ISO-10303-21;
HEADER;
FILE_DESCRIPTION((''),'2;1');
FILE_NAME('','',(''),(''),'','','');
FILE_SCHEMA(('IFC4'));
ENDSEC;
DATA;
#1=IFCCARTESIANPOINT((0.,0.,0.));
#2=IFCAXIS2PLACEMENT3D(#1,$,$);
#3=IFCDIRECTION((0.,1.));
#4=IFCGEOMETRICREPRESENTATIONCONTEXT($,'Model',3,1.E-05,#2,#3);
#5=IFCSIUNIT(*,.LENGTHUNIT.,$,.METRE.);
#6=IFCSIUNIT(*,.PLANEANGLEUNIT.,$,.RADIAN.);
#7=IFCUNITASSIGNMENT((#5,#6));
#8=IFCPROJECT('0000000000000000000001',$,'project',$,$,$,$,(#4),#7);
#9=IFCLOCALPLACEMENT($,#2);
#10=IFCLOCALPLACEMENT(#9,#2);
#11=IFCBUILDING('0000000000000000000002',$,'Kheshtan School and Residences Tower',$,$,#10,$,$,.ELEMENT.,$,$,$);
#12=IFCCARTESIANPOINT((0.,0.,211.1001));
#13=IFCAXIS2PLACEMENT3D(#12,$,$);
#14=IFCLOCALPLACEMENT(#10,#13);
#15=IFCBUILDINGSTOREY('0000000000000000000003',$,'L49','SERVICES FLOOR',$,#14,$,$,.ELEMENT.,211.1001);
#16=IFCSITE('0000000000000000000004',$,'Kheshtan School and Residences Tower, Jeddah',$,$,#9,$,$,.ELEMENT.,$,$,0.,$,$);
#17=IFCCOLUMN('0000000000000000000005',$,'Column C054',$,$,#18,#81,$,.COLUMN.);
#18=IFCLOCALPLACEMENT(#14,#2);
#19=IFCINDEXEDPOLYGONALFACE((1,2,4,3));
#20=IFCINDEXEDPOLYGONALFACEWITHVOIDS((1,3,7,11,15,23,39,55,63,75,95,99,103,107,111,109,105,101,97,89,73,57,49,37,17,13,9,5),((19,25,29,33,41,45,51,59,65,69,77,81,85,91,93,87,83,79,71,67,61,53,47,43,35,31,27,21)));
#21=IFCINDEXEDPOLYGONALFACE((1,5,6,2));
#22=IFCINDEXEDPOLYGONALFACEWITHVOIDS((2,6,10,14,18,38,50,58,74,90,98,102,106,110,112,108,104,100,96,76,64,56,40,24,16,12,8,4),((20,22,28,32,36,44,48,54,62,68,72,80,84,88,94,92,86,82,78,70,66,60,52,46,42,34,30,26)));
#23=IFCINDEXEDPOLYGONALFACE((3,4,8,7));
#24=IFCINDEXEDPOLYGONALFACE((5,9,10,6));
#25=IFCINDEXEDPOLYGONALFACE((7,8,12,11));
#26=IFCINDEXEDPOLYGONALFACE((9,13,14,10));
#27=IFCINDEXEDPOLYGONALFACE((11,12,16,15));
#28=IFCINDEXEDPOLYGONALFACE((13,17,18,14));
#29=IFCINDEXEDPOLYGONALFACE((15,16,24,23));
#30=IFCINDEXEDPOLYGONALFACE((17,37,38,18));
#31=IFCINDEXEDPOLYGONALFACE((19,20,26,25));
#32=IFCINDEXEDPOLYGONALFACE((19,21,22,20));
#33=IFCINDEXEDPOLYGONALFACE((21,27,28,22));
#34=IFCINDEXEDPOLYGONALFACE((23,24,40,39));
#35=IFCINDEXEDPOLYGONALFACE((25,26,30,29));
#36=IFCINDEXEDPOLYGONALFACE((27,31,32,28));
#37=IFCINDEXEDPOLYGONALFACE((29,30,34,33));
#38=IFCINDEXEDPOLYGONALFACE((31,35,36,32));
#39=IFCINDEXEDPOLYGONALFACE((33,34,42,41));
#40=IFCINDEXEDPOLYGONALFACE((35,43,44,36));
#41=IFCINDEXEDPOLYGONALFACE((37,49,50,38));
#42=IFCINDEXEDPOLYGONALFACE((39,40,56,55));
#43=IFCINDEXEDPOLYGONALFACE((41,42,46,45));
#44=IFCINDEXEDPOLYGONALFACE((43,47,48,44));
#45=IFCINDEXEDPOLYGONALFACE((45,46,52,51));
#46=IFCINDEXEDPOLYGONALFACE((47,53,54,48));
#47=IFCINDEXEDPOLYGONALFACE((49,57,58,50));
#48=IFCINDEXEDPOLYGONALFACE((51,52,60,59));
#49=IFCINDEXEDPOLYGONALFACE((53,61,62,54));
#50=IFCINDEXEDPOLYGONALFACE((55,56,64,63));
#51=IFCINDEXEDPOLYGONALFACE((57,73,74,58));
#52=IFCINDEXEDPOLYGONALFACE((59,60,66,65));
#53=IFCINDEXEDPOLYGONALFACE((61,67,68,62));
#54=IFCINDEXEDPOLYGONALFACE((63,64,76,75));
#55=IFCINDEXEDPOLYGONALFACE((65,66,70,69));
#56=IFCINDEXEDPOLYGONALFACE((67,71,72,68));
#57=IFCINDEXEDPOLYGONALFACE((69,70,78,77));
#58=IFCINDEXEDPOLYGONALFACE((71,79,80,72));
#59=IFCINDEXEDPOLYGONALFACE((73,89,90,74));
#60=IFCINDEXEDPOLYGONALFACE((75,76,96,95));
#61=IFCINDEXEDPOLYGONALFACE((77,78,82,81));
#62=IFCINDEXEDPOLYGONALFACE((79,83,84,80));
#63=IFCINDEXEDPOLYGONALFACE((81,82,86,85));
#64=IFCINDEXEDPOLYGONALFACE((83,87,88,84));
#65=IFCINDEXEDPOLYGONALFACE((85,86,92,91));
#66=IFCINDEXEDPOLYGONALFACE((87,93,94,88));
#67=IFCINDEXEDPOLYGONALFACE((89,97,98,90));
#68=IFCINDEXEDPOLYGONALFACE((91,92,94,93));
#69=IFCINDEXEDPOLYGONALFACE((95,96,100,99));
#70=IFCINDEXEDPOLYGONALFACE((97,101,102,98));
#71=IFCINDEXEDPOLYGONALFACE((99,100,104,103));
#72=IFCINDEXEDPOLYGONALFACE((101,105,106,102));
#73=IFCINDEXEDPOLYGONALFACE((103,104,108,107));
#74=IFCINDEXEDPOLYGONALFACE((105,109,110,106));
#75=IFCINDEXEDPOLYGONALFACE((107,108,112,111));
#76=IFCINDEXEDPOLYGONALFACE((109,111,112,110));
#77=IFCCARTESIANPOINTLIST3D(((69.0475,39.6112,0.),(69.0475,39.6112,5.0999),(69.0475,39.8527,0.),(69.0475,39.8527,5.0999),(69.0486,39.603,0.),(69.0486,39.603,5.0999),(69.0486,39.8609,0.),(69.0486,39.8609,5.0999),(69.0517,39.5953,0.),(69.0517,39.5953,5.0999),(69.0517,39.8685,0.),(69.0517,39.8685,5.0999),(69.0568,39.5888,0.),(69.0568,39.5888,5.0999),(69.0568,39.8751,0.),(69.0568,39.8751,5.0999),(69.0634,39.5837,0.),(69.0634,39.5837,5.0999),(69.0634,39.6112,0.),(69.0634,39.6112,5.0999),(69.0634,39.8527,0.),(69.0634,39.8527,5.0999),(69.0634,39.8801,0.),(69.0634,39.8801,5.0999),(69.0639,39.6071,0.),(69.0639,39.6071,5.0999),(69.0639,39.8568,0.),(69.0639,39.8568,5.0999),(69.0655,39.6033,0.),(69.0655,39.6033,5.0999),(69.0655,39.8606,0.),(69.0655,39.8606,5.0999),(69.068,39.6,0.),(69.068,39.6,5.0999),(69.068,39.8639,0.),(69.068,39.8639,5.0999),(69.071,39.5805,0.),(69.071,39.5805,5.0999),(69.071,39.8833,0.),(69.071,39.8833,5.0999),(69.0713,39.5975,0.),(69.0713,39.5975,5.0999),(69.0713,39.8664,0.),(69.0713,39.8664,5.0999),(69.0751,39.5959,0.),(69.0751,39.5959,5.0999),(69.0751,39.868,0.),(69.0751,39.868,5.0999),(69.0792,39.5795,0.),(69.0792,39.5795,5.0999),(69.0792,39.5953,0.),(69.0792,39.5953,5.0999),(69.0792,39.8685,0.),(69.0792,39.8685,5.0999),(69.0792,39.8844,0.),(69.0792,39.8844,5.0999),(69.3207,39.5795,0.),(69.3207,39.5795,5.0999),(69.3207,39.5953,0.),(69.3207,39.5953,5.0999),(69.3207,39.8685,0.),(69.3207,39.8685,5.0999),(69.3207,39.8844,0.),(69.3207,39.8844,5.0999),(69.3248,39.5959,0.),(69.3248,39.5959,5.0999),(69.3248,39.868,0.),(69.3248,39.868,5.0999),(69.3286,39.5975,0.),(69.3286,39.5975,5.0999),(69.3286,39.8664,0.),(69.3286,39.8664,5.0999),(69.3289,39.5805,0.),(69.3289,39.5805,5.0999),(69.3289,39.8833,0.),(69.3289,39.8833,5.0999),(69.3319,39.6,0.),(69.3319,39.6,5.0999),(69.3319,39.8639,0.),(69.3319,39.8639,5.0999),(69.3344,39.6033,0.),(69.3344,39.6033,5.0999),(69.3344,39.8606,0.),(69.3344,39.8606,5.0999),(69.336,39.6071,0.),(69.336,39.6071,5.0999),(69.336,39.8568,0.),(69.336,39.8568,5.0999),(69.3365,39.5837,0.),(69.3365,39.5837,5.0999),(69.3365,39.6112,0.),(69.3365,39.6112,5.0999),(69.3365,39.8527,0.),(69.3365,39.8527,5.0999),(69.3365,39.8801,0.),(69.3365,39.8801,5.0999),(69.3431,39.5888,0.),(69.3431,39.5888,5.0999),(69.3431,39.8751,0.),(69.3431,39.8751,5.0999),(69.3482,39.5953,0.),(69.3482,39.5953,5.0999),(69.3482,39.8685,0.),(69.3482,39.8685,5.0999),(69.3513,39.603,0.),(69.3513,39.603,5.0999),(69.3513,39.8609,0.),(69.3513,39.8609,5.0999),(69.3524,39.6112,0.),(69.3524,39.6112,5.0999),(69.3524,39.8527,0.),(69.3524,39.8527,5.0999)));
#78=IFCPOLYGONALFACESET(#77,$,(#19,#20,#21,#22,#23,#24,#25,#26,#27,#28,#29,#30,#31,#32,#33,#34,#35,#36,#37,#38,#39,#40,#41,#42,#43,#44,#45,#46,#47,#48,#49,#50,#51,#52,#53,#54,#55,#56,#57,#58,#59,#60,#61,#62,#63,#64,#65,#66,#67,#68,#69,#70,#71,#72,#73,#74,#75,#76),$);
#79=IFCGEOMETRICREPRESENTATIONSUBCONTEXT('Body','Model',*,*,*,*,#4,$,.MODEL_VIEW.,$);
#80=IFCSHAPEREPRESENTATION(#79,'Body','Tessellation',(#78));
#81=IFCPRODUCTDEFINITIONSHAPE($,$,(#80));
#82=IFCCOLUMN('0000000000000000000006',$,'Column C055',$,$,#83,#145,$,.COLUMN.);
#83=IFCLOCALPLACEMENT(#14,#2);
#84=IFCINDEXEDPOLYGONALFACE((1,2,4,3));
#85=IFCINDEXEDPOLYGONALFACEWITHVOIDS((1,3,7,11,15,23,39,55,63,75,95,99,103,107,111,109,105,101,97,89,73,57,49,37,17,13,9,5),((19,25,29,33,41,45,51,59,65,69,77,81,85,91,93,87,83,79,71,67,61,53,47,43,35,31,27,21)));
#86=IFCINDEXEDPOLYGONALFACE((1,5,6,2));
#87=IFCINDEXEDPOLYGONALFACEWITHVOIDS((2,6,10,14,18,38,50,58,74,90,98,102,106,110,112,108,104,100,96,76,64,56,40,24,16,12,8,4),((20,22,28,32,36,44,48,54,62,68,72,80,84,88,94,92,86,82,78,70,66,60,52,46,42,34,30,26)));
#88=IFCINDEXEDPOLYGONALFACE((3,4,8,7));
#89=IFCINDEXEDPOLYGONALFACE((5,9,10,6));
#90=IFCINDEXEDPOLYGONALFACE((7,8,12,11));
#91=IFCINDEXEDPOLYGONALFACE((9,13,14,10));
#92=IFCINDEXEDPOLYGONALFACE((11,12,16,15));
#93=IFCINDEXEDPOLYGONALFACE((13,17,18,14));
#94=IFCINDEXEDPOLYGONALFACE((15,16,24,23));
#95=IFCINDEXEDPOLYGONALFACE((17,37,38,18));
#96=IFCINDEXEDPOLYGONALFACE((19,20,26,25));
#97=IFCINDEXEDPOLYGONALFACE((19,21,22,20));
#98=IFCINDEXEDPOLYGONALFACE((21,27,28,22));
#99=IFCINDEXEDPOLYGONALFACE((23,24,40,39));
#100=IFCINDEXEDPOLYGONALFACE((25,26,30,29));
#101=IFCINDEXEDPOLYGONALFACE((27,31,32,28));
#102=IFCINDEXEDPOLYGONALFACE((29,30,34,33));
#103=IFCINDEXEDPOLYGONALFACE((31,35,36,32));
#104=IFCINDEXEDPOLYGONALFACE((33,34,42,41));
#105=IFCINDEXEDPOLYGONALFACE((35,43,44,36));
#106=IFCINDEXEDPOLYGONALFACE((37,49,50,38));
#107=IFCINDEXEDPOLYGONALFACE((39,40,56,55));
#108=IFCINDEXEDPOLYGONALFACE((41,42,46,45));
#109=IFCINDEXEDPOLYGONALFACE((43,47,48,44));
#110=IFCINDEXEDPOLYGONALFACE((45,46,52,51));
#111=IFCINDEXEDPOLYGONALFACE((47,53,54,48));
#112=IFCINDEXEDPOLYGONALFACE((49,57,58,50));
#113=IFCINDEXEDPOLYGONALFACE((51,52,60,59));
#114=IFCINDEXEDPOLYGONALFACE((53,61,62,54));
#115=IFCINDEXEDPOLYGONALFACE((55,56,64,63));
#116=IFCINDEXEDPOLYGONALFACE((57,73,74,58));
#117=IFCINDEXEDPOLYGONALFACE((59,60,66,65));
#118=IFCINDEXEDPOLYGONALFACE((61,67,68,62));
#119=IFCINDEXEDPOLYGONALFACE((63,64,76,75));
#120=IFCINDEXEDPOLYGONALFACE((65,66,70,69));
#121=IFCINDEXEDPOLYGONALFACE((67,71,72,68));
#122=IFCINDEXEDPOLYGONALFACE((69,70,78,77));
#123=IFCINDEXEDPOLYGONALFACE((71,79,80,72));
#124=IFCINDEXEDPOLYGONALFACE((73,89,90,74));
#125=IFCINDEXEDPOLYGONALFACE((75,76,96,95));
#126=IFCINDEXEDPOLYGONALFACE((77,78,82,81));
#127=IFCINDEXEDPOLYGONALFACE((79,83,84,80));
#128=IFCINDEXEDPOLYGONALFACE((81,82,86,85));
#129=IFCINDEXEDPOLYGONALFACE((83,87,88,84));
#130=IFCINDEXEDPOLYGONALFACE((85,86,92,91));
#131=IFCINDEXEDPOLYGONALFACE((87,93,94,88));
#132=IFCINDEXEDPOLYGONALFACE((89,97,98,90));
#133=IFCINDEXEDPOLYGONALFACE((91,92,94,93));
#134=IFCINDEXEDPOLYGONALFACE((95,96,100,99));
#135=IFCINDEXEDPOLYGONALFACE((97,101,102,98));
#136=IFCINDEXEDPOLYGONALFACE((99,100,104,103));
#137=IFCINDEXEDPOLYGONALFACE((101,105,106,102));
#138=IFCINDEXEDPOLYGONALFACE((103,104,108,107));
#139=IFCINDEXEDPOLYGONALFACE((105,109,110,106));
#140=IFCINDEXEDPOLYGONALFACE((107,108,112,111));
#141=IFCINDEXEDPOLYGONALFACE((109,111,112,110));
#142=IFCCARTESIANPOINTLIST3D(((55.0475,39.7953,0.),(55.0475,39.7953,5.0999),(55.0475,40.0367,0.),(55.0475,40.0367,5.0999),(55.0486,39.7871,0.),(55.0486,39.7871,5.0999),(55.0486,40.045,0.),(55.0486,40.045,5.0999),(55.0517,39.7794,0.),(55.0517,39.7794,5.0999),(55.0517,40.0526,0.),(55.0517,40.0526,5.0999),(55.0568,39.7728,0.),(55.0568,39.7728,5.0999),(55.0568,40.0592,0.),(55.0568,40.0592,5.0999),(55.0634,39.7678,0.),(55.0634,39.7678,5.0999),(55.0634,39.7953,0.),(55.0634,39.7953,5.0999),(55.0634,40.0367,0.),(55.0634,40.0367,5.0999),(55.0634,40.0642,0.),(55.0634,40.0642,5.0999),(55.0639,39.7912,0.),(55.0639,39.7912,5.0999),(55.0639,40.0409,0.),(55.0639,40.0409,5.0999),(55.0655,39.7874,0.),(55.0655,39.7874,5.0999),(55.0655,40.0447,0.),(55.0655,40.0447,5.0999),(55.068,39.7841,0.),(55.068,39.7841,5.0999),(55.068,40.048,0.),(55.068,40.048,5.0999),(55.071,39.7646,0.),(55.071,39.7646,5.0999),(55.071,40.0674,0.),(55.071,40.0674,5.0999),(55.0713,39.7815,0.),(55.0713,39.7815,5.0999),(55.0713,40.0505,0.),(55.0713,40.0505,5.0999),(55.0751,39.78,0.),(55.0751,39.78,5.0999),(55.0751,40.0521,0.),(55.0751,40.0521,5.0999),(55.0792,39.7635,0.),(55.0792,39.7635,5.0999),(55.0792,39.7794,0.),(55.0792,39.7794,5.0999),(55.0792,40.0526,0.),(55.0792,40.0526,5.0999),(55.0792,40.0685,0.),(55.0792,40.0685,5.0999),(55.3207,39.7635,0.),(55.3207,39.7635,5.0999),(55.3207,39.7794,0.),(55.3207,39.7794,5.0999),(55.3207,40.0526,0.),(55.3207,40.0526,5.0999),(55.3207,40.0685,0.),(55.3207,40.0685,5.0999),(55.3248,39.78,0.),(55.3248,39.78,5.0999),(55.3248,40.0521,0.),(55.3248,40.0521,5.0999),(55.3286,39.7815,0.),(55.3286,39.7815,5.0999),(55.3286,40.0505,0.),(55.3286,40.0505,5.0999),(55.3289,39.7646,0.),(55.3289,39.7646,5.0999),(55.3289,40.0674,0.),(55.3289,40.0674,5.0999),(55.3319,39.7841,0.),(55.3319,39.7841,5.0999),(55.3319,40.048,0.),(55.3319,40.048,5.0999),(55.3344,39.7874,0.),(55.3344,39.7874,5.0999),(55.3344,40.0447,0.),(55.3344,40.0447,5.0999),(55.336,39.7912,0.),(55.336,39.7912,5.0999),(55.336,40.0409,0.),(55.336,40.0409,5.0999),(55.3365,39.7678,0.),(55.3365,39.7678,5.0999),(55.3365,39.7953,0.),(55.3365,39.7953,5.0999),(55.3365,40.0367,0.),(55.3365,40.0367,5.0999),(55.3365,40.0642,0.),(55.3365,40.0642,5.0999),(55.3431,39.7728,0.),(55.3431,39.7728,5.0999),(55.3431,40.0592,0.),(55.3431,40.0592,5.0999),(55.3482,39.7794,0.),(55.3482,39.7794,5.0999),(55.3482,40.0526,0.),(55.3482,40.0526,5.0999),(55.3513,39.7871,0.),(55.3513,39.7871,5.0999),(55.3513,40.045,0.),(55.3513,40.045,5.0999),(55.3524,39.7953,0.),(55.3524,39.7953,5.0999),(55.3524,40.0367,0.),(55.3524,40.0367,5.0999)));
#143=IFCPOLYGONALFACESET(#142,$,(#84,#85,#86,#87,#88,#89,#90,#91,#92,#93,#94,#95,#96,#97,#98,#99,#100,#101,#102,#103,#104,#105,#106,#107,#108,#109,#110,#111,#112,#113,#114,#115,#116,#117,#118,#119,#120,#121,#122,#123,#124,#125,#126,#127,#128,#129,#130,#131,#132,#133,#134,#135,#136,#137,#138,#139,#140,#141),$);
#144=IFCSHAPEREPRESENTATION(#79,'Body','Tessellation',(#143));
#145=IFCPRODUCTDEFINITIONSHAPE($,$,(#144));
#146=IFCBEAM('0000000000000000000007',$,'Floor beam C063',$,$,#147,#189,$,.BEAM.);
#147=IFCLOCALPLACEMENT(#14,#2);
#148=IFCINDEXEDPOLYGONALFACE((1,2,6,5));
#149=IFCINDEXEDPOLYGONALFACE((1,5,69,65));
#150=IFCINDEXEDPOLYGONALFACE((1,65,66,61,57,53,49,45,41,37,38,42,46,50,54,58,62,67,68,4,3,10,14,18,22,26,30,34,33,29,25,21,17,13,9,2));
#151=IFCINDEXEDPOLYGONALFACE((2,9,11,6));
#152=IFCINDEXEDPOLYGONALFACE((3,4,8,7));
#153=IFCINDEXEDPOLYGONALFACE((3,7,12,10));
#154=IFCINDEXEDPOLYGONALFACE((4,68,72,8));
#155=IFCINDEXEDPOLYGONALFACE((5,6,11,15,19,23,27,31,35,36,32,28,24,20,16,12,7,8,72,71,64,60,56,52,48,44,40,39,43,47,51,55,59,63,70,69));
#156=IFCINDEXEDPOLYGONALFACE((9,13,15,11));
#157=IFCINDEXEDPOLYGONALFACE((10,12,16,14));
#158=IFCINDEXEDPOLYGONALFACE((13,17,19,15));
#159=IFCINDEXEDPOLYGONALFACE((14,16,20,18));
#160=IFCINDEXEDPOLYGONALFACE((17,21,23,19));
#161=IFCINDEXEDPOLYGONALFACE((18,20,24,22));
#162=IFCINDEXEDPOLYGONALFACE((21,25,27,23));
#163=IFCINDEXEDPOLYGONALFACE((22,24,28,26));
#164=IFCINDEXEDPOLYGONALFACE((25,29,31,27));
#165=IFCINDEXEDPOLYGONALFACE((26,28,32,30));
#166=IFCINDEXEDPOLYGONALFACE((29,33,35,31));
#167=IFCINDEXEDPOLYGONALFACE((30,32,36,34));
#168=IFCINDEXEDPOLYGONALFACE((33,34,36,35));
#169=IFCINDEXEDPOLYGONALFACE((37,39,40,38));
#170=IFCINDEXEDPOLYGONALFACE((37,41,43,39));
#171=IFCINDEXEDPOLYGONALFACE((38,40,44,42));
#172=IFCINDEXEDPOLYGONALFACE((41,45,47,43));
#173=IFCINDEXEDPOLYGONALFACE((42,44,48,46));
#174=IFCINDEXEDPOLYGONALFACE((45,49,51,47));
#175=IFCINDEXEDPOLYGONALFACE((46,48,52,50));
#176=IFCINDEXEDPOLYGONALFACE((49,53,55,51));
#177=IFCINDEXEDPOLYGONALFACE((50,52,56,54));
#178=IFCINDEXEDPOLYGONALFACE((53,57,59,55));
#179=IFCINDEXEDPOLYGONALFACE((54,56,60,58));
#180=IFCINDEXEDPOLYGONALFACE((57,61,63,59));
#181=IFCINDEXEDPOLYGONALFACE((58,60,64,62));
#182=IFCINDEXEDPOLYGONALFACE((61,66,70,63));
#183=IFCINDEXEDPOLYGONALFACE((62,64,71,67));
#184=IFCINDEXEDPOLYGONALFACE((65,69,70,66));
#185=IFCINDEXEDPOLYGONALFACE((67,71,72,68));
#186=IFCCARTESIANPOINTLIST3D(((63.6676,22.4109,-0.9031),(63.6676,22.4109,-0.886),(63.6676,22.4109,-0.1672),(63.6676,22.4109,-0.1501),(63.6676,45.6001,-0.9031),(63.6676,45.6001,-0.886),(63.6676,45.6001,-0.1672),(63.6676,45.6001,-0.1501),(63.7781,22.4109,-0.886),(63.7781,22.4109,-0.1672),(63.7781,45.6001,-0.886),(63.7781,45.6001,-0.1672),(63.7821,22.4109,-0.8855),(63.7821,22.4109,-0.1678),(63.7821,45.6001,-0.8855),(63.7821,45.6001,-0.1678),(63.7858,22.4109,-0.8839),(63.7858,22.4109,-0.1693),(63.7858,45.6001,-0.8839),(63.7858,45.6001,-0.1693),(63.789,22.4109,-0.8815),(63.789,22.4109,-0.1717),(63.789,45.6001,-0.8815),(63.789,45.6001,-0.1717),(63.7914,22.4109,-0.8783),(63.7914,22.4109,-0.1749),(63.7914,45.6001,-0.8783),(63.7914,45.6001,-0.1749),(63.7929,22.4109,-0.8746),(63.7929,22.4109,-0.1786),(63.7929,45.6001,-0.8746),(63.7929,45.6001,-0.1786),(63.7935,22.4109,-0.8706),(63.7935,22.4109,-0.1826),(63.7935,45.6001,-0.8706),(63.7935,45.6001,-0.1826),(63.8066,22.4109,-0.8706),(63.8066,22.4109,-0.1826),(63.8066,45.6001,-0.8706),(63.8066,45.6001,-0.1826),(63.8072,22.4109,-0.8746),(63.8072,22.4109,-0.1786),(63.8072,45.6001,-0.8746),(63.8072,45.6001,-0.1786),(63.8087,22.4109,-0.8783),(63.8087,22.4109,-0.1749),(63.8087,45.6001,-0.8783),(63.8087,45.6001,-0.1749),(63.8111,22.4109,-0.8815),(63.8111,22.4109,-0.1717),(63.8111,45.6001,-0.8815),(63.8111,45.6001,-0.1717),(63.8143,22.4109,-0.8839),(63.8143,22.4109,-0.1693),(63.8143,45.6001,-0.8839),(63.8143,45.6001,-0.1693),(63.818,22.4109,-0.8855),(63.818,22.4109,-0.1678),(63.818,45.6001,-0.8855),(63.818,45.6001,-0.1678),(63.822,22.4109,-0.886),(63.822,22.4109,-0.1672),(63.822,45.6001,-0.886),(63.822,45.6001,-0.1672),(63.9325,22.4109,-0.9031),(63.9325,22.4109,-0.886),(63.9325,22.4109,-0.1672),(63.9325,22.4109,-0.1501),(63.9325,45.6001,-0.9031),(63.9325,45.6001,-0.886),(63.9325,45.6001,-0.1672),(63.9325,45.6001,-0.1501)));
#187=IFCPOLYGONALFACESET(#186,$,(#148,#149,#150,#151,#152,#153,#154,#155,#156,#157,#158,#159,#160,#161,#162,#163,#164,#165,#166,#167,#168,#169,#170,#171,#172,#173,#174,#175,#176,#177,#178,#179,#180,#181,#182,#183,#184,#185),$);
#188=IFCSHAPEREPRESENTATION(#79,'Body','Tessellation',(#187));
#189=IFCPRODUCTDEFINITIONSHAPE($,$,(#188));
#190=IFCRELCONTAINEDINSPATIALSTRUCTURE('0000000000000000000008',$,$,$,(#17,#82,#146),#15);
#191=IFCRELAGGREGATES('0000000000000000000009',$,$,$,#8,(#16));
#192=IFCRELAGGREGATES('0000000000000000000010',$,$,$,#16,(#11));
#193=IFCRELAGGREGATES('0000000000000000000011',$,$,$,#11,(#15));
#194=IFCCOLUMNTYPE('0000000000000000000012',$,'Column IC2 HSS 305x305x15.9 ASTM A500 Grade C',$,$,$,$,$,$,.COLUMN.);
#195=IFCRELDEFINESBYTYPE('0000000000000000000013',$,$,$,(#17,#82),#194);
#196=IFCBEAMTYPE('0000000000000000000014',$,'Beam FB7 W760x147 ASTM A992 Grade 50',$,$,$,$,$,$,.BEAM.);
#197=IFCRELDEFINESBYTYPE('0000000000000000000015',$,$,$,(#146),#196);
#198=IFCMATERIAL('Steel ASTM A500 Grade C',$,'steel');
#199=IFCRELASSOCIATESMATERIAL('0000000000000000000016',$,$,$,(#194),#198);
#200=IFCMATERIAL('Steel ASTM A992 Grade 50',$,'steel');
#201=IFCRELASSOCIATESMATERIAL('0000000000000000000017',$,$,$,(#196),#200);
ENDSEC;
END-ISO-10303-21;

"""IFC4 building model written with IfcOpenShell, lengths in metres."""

from ifc_helpers import new_model, si_unit, direction, frame, origin, origin_2d, place, context, subcontext, project, spatial, hollow_rectangle, i_section, extrude, material, material_profile, profile_set, type_object, element, save


model = new_model("IFC4")

# Units and contexts
model_context = context("Model", 3, precision=1e-05, world=origin(), true_north=direction((0.0, 1.0)))
body_context = subcontext(model_context, "Body", "Model", "MODEL_VIEW")
ifc_project = project(units=[si_unit("LENGTHUNIT", "METRE"), si_unit("PLANEANGLEUNIT", "RADIAN")], contexts=[model_context])

# Site, building, storey
site_placement = place(None, origin())
site = spatial("IfcSite", under=ifc_project, at=site_placement, Name="Kheshtan School and Residences Tower, Jeddah", CompositionType="ELEMENT", RefElevation=0.0)
building_placement = place(site_placement, origin())
building = spatial("IfcBuilding", under=site, at=building_placement, Name="Kheshtan School and Residences Tower", CompositionType="ELEMENT")
storey_placement = place(building_placement, frame((0.0, 0.0, 211.1001)))
storey = spatial("IfcBuildingStorey", under=building, at=storey_placement, Name="L49", Description="SERVICES FLOOR", CompositionType="ELEMENT", Elevation=211.1001)

# Columns
ifc_material_1 = material(Name="Steel ASTM A992 Grade 50", Category="steel")
ifc_material_2 = material(Name="Steel ASTM A500 Grade C", Category="steel")
ifc_material_profile_1 = material_profile(ifc_material_2, hollow_rectangle(XDim=0.3049, YDim=0.3049, WallThickness=0.0159, InnerFilletRadius=0.0159, OuterFilletRadius=0.0317, at=origin_2d()), Name="HSS 305x305x15.9")
ifc_profile_set_1 = profile_set([ifc_material_profile_1], Name="Steel ASTM A500 Grade C")
column_type_1 = type_object("IfcColumnType", Name="Column IC2 HSS 305x305x15.9 ASTM A500 Grade C", PredefinedType="COLUMN", material=ifc_profile_set_1)
for number, where, z_axis, x_axis, name in (
    (1, (69.2, 39.7319, 0.0), (0.0, 0.0, 1.0), (1.0, 0.0, 0.0), "Column C054"),
    (2, (55.2, 39.916, 0.0), (0.0, 0.0, 1.0), (1.0, 0.0, 0.0), "Column C055"),
):
    element("IfcColumn", number, at=place(storey_placement, frame(where, z_axis=z_axis, x_axis=x_axis)), inside=storey, type_object=column_type_1, Name=name, PredefinedType="COLUMN", context=body_context, shape_type="SweptSolid", body=[
        extrude(hollow_rectangle(XDim=0.3049, YDim=0.3049, WallThickness=0.0159, InnerFilletRadius=0.0159, OuterFilletRadius=0.0317, at=origin_2d()), origin(), (0.0, 0.0, 1.0), 5.0999),
    ])

# Beam
ifc_material_profile_2 = material_profile(ifc_material_1, i_section(OverallWidth=0.2649, OverallDepth=0.7529, WebThickness=0.0132, FlangeThickness=0.0171, FilletRadius=0.0154, at=origin_2d()), Name="W760x147")
ifc_profile_set_2 = profile_set([ifc_material_profile_2], Name="Steel ASTM A992 Grade 50")
beam_type_1 = type_object("IfcBeamType", Name="Beam FB7 W760x147 ASTM A992 Grade 50", PredefinedType="BEAM", material=ifc_profile_set_2)
beam_1_placement = place(storey_placement, frame((63.8, 45.6001, -0.5266), z_axis=(0.0, -1.0, 0.0), x_axis=(1.0, 0.0, 0.0)))
element("IfcBeam", 3, at=beam_1_placement, inside=storey, type_object=beam_type_1, Name="Floor beam C063", PredefinedType="BEAM", context=body_context, shape_type="SweptSolid", body=[
    extrude(i_section(OverallWidth=0.2649, OverallDepth=0.7529, WebThickness=0.0132, FlangeThickness=0.0171, FilletRadius=0.0154, at=origin_2d()), origin(), (0.0, 0.0, 1.0), 23.1892),
])

save(model, "model.ifc")
